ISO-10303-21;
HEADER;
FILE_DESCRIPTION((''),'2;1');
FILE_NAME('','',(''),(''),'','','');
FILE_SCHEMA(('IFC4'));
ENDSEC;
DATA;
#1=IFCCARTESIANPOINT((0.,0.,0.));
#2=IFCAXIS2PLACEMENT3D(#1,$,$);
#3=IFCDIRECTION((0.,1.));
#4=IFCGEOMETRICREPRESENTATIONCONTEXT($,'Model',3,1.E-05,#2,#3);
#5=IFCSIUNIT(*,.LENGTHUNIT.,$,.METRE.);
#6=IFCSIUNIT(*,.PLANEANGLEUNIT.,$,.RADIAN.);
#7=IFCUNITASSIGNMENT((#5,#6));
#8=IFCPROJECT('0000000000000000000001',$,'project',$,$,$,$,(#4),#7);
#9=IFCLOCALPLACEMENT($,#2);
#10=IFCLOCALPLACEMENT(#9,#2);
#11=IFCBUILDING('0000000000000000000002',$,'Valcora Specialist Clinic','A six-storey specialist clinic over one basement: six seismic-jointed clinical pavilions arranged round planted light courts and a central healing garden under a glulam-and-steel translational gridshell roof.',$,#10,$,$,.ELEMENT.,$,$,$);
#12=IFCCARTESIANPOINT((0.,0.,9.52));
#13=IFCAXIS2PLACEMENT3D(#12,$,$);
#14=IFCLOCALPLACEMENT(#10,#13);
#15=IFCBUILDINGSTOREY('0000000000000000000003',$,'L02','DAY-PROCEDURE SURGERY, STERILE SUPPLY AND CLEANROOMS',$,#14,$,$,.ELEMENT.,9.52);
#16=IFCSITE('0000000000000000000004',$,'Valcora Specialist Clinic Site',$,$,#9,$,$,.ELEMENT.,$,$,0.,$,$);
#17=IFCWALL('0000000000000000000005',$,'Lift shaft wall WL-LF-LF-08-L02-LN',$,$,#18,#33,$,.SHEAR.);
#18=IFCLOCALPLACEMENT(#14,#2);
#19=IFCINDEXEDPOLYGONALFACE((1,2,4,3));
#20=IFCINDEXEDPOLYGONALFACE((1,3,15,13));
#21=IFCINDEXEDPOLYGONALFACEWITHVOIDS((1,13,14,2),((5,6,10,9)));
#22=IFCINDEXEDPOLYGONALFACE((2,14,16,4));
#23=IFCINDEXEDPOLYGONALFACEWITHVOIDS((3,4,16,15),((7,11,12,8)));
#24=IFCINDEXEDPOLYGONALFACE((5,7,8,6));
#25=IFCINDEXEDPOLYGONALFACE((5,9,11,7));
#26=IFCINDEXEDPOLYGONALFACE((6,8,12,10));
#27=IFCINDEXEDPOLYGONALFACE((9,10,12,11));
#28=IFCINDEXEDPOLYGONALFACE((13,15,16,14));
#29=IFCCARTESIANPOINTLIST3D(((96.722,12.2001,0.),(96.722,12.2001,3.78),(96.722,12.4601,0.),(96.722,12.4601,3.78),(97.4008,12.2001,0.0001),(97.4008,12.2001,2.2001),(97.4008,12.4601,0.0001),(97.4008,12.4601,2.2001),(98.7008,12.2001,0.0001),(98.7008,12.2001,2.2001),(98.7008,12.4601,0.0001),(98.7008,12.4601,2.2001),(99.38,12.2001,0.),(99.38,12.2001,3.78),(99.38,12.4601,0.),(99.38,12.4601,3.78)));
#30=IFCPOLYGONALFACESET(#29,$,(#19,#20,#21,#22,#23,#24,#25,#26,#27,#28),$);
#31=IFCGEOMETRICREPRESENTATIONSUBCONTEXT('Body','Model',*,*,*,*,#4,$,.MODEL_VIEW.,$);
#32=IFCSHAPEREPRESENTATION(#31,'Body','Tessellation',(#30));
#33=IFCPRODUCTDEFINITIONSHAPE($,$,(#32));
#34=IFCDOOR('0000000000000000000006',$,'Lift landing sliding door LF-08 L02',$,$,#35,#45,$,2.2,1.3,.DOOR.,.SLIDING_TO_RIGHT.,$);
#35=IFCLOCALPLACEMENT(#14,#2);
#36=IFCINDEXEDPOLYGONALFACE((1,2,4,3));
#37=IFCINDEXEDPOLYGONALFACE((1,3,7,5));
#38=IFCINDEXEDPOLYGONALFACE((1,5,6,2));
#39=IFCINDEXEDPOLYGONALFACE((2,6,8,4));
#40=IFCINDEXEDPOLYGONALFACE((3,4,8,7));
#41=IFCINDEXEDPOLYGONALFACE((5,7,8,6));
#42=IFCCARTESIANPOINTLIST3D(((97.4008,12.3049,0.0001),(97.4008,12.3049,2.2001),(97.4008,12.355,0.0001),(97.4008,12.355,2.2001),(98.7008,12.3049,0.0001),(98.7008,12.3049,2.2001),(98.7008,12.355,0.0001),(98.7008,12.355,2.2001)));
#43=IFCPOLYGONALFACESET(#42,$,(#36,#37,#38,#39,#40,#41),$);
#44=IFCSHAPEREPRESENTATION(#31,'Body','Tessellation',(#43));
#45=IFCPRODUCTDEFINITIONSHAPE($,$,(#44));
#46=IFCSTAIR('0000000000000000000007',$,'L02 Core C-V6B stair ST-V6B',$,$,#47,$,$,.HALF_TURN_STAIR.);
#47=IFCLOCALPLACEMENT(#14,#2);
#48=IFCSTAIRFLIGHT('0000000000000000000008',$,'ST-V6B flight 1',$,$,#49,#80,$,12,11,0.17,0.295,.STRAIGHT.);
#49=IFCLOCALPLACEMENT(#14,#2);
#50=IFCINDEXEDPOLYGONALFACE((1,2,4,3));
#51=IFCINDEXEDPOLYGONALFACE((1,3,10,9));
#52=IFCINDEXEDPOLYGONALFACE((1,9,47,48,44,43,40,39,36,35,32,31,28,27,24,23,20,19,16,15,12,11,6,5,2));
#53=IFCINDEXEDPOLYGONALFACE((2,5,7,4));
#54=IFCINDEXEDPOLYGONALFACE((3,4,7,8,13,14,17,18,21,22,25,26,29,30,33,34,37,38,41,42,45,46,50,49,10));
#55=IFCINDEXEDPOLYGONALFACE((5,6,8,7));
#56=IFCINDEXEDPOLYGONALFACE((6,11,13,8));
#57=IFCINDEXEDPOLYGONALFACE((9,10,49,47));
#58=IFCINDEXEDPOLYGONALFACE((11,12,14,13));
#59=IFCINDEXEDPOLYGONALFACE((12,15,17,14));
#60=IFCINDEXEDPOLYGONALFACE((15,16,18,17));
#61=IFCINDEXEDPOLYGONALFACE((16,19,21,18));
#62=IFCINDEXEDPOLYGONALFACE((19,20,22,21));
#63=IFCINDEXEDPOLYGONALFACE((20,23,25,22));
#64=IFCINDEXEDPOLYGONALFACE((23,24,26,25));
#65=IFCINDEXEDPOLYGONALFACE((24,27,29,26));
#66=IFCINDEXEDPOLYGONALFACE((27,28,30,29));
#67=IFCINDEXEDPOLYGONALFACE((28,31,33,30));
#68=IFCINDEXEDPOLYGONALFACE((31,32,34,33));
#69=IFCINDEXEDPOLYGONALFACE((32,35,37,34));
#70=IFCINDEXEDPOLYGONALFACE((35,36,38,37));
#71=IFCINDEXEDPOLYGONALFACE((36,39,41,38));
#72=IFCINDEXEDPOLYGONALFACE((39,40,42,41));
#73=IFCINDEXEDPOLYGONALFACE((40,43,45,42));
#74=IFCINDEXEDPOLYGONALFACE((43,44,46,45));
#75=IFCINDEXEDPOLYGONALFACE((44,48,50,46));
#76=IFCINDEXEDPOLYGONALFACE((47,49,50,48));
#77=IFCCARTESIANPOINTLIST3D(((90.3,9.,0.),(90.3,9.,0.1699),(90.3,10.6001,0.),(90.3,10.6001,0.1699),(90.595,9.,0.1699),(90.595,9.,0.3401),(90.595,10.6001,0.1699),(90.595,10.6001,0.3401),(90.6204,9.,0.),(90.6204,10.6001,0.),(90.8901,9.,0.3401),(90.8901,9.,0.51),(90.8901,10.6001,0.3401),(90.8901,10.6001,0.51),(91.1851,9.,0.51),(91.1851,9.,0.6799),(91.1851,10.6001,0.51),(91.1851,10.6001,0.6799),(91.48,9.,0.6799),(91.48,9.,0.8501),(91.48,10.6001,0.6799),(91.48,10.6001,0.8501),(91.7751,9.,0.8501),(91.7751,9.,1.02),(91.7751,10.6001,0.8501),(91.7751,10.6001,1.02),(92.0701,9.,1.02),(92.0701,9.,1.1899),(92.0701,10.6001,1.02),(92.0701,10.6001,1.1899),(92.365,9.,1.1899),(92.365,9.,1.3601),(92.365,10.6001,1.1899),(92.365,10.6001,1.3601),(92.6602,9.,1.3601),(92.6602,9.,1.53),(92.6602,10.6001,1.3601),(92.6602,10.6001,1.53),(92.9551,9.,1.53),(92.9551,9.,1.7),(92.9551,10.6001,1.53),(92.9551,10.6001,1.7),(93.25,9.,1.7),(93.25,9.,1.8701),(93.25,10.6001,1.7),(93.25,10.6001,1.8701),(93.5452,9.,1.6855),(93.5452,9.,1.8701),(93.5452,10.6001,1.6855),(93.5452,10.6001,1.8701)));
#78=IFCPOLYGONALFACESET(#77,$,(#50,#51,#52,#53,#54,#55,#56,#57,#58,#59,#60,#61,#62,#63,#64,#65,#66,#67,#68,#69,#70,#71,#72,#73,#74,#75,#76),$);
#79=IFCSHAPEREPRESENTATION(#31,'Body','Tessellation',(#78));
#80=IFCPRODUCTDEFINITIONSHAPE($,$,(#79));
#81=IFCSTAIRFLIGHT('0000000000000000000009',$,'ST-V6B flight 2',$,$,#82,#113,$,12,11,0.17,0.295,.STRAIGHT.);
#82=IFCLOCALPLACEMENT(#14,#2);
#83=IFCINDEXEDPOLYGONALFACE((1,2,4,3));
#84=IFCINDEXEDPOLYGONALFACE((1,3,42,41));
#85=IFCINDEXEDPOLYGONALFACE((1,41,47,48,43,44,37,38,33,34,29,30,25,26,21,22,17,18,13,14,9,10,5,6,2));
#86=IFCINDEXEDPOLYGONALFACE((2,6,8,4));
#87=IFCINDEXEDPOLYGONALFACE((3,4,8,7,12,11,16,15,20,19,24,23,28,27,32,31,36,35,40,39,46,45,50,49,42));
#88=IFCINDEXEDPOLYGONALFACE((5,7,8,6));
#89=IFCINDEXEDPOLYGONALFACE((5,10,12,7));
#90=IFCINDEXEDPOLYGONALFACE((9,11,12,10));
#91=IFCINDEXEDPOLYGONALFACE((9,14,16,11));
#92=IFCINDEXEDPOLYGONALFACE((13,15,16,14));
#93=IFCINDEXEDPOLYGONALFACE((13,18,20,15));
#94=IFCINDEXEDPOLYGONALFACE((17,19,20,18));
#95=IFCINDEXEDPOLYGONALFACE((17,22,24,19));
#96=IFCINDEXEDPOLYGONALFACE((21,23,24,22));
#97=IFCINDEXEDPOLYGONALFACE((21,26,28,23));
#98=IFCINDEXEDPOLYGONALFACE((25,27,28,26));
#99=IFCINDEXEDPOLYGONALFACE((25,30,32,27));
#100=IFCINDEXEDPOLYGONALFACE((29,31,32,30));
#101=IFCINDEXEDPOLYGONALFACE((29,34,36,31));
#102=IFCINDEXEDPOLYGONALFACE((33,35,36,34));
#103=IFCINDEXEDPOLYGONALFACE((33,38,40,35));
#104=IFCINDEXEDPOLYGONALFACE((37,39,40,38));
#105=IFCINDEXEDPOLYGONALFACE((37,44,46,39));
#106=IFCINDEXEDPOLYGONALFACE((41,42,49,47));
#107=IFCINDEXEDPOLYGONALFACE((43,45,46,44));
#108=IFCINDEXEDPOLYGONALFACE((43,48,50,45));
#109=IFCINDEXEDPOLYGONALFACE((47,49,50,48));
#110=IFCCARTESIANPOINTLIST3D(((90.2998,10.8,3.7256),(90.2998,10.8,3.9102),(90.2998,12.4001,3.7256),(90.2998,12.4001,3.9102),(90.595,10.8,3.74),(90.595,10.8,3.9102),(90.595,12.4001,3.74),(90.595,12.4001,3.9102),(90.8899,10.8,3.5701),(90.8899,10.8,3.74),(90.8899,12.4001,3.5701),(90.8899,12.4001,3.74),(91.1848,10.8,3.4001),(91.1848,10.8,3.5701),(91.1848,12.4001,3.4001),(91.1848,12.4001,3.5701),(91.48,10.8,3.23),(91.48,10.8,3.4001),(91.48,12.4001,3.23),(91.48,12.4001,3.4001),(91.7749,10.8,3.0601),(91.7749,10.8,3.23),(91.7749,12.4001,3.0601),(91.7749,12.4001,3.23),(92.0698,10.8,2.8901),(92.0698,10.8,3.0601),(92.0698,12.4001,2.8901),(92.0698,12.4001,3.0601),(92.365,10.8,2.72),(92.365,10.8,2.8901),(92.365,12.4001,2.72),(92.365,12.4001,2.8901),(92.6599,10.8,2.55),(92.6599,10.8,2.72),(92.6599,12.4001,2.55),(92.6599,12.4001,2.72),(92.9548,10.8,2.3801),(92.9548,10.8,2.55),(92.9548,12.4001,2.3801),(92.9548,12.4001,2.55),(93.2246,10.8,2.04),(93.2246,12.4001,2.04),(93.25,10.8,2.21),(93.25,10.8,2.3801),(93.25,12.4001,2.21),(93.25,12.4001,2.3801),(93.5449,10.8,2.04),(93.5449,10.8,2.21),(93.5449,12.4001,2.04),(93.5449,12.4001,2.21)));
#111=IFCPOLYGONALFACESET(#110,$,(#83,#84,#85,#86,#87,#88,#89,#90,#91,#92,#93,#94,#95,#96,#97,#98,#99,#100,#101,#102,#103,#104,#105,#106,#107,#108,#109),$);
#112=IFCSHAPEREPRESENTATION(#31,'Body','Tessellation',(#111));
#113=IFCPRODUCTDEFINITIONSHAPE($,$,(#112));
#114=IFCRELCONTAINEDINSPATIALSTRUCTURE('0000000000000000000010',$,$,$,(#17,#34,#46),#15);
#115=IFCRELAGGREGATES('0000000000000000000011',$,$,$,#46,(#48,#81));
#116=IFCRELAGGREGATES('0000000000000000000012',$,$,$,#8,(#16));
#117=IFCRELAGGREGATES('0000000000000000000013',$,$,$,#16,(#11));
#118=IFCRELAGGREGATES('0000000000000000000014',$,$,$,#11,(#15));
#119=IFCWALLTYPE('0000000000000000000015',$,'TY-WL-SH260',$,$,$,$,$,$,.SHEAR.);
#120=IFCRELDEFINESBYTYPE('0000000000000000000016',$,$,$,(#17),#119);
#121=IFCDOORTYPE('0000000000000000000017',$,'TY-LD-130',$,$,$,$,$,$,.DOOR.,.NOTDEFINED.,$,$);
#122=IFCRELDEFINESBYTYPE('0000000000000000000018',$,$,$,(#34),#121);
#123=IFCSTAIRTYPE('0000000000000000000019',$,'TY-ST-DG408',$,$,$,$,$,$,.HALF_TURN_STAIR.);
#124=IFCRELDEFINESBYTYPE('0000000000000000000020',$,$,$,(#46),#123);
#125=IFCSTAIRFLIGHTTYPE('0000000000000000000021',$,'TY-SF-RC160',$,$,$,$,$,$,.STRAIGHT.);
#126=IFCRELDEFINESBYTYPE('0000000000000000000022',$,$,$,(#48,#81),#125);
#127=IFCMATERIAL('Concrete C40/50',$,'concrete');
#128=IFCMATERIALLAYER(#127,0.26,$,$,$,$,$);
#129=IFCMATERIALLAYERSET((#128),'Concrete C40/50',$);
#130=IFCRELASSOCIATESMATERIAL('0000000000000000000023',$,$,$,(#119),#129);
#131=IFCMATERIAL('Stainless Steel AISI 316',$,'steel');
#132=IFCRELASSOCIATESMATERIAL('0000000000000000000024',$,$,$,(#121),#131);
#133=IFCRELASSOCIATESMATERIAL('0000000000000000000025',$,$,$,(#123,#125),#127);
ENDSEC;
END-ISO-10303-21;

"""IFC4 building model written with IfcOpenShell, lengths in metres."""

from ifc_helpers import new_model, si_unit, direction, frame, frame_2d, origin, place, context, subcontext, project, spatial, polyline, rectangle, outline, extrude, material, layer, layer_set, type_object, element, fill, aggregate, save


model = new_model("IFC4")

# Units and contexts
model_context = context("Model", 3, precision=1e-05, world=origin(), true_north=direction((0.0, 1.0)))
body_context = subcontext(model_context, "Body", "Model", "MODEL_VIEW")
ifc_project = project(units=[si_unit("LENGTHUNIT", "METRE"), si_unit("PLANEANGLEUNIT", "RADIAN")], contexts=[model_context])

# Site, building, storey
site_placement = place(None, origin())
site = spatial("IfcSite", under=ifc_project, at=site_placement, Name="Valcora Specialist Clinic Site", CompositionType="ELEMENT", RefElevation=0.0)
building_placement = place(site_placement, origin())
building = spatial("IfcBuilding", under=site, at=building_placement, Name="Valcora Specialist Clinic", Description="A six-storey specialist clinic over one basement: six seismic-jointed clinical pavilions arranged round planted light courts and a central healing garden under a glulam-and-steel translational gridshell roof.", CompositionType="ELEMENT")
storey_placement = place(building_placement, frame((0.0, 0.0, 9.52)))
storey = spatial("IfcBuildingStorey", under=building, at=storey_placement, Name="L02", Description="DAY-PROCEDURE SURGERY, STERILE SUPPLY AND CLEANROOMS", CompositionType="ELEMENT", Elevation=9.52)

# Shared definitions
ifc_material_1 = material(Name="Concrete C40/50", Category="concrete")

# Wall, opening, door
ifc_layer_1 = layer(ifc_material_1, 0.26)
ifc_layer_set_1 = layer_set([ifc_layer_1], Name="Concrete C40/50")
wall_type_1 = type_object("IfcWallType", Name="TY-WL-SH260", PredefinedType="SHEAR", material=ifc_layer_set_1)
wall_1_placement = place(storey_placement, frame((96.7219, 12.3301, 0.0), z_axis=(0.0, 0.0, 1.0), x_axis=(1.0, 0.0, 0.0)))
wall_1 = element("IfcWall", 1, at=wall_1_placement, inside=storey, type_object=wall_type_1, Name="Lift shaft wall WL-LF-LF-08-L02-LN", PredefinedType="SHEAR", context=body_context, shape_type="SweptSolid", body=[
    extrude(rectangle(XDim=2.658, YDim=0.26, at=frame_2d((1.3291, 0.0))), origin(), (0.0, 0.0, 1.0), 3.78),
])
opening_1_placement = place(wall_1_placement, frame((0.679, 0.0, 0.0)))
opening_1 = element("IfcOpeningElement", 2, at=opening_1_placement, cuts=wall_1, PredefinedType="OPENING", context=body_context, shape_type="SweptSolid", body=[
    extrude(rectangle(XDim=1.3, YDim=2.2, at=frame_2d((0.6499, 1.1001))), frame((0.0, 0.1399, 0.0), z_axis=(0.0, -1.0, 0.0), x_axis=(1.0, 0.0, 0.0)), (0.0, 0.0, 1.0), 0.28),
])
ifc_material_2 = material(Name="Stainless Steel AISI 316", Category="steel")
door_type_1 = type_object("IfcDoorType", Name="TY-LD-130", OperationType="NOTDEFINED", PredefinedType="DOOR", material=ifc_material_2)
door_1_placement = place(opening_1_placement, origin())
door_1 = element("IfcDoor", 3, at=door_1_placement, inside=storey, type_object=door_type_1, Name="Lift landing sliding door LF-08 L02", OperationType="SLIDING_TO_RIGHT", OverallHeight=2.2, OverallWidth=1.3, PredefinedType="DOOR", context=body_context, shape_type="SweptSolid", body=[
    extrude(rectangle(XDim=1.3, YDim=2.2, at=frame_2d((0.6499, 1.1001))), frame((0.0, 0.0249, 0.0), z_axis=(0.0, -1.0, 0.0), x_axis=(1.0, 0.0, 0.0)), (0.0, 0.0, 1.0), 0.05),
])
fill(opening_1, door_1)

# Stair, stair flights
stair_type = type_object("IfcStairType", Name="TY-ST-DG408", PredefinedType="HALF_TURN_STAIR", material=ifc_material_1)
stair_placement = place(storey_placement, origin())
stair = element("IfcStair", 4, at=stair_placement, inside=storey, type_object=stair_type, Name="L02 Core C-V6B stair ST-V6B", PredefinedType="HALF_TURN_STAIR")
stair_flight_type = type_object("IfcStairFlightType", Name="TY-SF-RC160", PredefinedType="STRAIGHT", material=ifc_material_1)
stair_flight_1_placement = place(storey_placement, frame((90.3, 9.8, 0.0), z_axis=(0.0, 0.0, 1.0), x_axis=(1.0, 0.0, 0.0)))
stair_flight_1 = element("IfcStairFlight", 5, at=stair_flight_1_placement, type_object=stair_flight_type, Name="ST-V6B flight 1", NumberOfRisers=12, NumberOfTreads=11, PredefinedType="STRAIGHT", RiserHeight=0.17, TreadLength=0.295, context=body_context, shape_type="SweptSolid", body=[
    extrude(outline(polyline([(0.0, 0.0), (0.0, 0.1699), (0.2949, 0.1699), (0.2949, 0.3401), (0.5901, 0.3401), (0.5901, 0.51), (0.885, 0.51), (0.885, 0.6799), (1.1799, 0.6799), (1.1799, 0.8501), (1.4751, 0.8501), (1.4751, 1.02), (1.77, 1.02), (1.77, 1.1899), (2.0649, 1.1899), (2.0649, 1.3601), (2.3601, 1.3601), (2.3601, 1.53), (2.655, 1.53), (2.655, 1.7), (2.95, 1.7), (2.95, 1.8701), (3.2451, 1.8701), (3.2451, 2.04), (3.2451, 1.6855), (0.3203, 0.0), (0.0, 0.0)])), frame((0.0, 0.8, 0.0), z_axis=(0.0, -1.0, 0.0), x_axis=(1.0, 0.0, 0.0)), (0.0, 0.0, 1.0), 1.6001),
])
stair_flight_2_placement = place(storey_placement, frame((93.5449, 11.6001, 2.04), z_axis=(0.0, 0.0, 1.0), x_axis=(-1.0, 0.0, 0.0)))
stair_flight_2 = element("IfcStairFlight", 6, at=stair_flight_2_placement, type_object=stair_flight_type, Name="ST-V6B flight 2", NumberOfRisers=12, NumberOfTreads=11, PredefinedType="STRAIGHT", RiserHeight=0.17, TreadLength=0.295, context=body_context, shape_type="SweptSolid", body=[
    extrude(outline(polyline([(0.0, 0.0), (0.0, 0.1699), (0.2949, 0.1699), (0.2949, 0.3401), (0.5901, 0.3401), (0.5901, 0.51), (0.885, 0.51), (0.885, 0.6799), (1.1799, 0.6799), (1.1799, 0.8501), (1.4751, 0.8501), (1.4751, 1.02), (1.77, 1.02), (1.77, 1.1899), (2.0649, 1.1899), (2.0649, 1.3601), (2.3601, 1.3601), (2.3601, 1.53), (2.655, 1.53), (2.655, 1.7), (2.95, 1.7), (2.95, 1.8701), (3.2451, 1.8701), (3.2451, 2.04), (3.2451, 1.6855), (0.3203, 0.0), (0.0, 0.0)])), frame((0.0, 0.8, 0.0), z_axis=(0.0, -1.0, 0.0), x_axis=(1.0, 0.0, 0.0)), (0.0, 0.0, 1.0), 1.6001),
])
aggregate(stair, [stair_flight_1, stair_flight_2])

save(model, "model.ifc")
